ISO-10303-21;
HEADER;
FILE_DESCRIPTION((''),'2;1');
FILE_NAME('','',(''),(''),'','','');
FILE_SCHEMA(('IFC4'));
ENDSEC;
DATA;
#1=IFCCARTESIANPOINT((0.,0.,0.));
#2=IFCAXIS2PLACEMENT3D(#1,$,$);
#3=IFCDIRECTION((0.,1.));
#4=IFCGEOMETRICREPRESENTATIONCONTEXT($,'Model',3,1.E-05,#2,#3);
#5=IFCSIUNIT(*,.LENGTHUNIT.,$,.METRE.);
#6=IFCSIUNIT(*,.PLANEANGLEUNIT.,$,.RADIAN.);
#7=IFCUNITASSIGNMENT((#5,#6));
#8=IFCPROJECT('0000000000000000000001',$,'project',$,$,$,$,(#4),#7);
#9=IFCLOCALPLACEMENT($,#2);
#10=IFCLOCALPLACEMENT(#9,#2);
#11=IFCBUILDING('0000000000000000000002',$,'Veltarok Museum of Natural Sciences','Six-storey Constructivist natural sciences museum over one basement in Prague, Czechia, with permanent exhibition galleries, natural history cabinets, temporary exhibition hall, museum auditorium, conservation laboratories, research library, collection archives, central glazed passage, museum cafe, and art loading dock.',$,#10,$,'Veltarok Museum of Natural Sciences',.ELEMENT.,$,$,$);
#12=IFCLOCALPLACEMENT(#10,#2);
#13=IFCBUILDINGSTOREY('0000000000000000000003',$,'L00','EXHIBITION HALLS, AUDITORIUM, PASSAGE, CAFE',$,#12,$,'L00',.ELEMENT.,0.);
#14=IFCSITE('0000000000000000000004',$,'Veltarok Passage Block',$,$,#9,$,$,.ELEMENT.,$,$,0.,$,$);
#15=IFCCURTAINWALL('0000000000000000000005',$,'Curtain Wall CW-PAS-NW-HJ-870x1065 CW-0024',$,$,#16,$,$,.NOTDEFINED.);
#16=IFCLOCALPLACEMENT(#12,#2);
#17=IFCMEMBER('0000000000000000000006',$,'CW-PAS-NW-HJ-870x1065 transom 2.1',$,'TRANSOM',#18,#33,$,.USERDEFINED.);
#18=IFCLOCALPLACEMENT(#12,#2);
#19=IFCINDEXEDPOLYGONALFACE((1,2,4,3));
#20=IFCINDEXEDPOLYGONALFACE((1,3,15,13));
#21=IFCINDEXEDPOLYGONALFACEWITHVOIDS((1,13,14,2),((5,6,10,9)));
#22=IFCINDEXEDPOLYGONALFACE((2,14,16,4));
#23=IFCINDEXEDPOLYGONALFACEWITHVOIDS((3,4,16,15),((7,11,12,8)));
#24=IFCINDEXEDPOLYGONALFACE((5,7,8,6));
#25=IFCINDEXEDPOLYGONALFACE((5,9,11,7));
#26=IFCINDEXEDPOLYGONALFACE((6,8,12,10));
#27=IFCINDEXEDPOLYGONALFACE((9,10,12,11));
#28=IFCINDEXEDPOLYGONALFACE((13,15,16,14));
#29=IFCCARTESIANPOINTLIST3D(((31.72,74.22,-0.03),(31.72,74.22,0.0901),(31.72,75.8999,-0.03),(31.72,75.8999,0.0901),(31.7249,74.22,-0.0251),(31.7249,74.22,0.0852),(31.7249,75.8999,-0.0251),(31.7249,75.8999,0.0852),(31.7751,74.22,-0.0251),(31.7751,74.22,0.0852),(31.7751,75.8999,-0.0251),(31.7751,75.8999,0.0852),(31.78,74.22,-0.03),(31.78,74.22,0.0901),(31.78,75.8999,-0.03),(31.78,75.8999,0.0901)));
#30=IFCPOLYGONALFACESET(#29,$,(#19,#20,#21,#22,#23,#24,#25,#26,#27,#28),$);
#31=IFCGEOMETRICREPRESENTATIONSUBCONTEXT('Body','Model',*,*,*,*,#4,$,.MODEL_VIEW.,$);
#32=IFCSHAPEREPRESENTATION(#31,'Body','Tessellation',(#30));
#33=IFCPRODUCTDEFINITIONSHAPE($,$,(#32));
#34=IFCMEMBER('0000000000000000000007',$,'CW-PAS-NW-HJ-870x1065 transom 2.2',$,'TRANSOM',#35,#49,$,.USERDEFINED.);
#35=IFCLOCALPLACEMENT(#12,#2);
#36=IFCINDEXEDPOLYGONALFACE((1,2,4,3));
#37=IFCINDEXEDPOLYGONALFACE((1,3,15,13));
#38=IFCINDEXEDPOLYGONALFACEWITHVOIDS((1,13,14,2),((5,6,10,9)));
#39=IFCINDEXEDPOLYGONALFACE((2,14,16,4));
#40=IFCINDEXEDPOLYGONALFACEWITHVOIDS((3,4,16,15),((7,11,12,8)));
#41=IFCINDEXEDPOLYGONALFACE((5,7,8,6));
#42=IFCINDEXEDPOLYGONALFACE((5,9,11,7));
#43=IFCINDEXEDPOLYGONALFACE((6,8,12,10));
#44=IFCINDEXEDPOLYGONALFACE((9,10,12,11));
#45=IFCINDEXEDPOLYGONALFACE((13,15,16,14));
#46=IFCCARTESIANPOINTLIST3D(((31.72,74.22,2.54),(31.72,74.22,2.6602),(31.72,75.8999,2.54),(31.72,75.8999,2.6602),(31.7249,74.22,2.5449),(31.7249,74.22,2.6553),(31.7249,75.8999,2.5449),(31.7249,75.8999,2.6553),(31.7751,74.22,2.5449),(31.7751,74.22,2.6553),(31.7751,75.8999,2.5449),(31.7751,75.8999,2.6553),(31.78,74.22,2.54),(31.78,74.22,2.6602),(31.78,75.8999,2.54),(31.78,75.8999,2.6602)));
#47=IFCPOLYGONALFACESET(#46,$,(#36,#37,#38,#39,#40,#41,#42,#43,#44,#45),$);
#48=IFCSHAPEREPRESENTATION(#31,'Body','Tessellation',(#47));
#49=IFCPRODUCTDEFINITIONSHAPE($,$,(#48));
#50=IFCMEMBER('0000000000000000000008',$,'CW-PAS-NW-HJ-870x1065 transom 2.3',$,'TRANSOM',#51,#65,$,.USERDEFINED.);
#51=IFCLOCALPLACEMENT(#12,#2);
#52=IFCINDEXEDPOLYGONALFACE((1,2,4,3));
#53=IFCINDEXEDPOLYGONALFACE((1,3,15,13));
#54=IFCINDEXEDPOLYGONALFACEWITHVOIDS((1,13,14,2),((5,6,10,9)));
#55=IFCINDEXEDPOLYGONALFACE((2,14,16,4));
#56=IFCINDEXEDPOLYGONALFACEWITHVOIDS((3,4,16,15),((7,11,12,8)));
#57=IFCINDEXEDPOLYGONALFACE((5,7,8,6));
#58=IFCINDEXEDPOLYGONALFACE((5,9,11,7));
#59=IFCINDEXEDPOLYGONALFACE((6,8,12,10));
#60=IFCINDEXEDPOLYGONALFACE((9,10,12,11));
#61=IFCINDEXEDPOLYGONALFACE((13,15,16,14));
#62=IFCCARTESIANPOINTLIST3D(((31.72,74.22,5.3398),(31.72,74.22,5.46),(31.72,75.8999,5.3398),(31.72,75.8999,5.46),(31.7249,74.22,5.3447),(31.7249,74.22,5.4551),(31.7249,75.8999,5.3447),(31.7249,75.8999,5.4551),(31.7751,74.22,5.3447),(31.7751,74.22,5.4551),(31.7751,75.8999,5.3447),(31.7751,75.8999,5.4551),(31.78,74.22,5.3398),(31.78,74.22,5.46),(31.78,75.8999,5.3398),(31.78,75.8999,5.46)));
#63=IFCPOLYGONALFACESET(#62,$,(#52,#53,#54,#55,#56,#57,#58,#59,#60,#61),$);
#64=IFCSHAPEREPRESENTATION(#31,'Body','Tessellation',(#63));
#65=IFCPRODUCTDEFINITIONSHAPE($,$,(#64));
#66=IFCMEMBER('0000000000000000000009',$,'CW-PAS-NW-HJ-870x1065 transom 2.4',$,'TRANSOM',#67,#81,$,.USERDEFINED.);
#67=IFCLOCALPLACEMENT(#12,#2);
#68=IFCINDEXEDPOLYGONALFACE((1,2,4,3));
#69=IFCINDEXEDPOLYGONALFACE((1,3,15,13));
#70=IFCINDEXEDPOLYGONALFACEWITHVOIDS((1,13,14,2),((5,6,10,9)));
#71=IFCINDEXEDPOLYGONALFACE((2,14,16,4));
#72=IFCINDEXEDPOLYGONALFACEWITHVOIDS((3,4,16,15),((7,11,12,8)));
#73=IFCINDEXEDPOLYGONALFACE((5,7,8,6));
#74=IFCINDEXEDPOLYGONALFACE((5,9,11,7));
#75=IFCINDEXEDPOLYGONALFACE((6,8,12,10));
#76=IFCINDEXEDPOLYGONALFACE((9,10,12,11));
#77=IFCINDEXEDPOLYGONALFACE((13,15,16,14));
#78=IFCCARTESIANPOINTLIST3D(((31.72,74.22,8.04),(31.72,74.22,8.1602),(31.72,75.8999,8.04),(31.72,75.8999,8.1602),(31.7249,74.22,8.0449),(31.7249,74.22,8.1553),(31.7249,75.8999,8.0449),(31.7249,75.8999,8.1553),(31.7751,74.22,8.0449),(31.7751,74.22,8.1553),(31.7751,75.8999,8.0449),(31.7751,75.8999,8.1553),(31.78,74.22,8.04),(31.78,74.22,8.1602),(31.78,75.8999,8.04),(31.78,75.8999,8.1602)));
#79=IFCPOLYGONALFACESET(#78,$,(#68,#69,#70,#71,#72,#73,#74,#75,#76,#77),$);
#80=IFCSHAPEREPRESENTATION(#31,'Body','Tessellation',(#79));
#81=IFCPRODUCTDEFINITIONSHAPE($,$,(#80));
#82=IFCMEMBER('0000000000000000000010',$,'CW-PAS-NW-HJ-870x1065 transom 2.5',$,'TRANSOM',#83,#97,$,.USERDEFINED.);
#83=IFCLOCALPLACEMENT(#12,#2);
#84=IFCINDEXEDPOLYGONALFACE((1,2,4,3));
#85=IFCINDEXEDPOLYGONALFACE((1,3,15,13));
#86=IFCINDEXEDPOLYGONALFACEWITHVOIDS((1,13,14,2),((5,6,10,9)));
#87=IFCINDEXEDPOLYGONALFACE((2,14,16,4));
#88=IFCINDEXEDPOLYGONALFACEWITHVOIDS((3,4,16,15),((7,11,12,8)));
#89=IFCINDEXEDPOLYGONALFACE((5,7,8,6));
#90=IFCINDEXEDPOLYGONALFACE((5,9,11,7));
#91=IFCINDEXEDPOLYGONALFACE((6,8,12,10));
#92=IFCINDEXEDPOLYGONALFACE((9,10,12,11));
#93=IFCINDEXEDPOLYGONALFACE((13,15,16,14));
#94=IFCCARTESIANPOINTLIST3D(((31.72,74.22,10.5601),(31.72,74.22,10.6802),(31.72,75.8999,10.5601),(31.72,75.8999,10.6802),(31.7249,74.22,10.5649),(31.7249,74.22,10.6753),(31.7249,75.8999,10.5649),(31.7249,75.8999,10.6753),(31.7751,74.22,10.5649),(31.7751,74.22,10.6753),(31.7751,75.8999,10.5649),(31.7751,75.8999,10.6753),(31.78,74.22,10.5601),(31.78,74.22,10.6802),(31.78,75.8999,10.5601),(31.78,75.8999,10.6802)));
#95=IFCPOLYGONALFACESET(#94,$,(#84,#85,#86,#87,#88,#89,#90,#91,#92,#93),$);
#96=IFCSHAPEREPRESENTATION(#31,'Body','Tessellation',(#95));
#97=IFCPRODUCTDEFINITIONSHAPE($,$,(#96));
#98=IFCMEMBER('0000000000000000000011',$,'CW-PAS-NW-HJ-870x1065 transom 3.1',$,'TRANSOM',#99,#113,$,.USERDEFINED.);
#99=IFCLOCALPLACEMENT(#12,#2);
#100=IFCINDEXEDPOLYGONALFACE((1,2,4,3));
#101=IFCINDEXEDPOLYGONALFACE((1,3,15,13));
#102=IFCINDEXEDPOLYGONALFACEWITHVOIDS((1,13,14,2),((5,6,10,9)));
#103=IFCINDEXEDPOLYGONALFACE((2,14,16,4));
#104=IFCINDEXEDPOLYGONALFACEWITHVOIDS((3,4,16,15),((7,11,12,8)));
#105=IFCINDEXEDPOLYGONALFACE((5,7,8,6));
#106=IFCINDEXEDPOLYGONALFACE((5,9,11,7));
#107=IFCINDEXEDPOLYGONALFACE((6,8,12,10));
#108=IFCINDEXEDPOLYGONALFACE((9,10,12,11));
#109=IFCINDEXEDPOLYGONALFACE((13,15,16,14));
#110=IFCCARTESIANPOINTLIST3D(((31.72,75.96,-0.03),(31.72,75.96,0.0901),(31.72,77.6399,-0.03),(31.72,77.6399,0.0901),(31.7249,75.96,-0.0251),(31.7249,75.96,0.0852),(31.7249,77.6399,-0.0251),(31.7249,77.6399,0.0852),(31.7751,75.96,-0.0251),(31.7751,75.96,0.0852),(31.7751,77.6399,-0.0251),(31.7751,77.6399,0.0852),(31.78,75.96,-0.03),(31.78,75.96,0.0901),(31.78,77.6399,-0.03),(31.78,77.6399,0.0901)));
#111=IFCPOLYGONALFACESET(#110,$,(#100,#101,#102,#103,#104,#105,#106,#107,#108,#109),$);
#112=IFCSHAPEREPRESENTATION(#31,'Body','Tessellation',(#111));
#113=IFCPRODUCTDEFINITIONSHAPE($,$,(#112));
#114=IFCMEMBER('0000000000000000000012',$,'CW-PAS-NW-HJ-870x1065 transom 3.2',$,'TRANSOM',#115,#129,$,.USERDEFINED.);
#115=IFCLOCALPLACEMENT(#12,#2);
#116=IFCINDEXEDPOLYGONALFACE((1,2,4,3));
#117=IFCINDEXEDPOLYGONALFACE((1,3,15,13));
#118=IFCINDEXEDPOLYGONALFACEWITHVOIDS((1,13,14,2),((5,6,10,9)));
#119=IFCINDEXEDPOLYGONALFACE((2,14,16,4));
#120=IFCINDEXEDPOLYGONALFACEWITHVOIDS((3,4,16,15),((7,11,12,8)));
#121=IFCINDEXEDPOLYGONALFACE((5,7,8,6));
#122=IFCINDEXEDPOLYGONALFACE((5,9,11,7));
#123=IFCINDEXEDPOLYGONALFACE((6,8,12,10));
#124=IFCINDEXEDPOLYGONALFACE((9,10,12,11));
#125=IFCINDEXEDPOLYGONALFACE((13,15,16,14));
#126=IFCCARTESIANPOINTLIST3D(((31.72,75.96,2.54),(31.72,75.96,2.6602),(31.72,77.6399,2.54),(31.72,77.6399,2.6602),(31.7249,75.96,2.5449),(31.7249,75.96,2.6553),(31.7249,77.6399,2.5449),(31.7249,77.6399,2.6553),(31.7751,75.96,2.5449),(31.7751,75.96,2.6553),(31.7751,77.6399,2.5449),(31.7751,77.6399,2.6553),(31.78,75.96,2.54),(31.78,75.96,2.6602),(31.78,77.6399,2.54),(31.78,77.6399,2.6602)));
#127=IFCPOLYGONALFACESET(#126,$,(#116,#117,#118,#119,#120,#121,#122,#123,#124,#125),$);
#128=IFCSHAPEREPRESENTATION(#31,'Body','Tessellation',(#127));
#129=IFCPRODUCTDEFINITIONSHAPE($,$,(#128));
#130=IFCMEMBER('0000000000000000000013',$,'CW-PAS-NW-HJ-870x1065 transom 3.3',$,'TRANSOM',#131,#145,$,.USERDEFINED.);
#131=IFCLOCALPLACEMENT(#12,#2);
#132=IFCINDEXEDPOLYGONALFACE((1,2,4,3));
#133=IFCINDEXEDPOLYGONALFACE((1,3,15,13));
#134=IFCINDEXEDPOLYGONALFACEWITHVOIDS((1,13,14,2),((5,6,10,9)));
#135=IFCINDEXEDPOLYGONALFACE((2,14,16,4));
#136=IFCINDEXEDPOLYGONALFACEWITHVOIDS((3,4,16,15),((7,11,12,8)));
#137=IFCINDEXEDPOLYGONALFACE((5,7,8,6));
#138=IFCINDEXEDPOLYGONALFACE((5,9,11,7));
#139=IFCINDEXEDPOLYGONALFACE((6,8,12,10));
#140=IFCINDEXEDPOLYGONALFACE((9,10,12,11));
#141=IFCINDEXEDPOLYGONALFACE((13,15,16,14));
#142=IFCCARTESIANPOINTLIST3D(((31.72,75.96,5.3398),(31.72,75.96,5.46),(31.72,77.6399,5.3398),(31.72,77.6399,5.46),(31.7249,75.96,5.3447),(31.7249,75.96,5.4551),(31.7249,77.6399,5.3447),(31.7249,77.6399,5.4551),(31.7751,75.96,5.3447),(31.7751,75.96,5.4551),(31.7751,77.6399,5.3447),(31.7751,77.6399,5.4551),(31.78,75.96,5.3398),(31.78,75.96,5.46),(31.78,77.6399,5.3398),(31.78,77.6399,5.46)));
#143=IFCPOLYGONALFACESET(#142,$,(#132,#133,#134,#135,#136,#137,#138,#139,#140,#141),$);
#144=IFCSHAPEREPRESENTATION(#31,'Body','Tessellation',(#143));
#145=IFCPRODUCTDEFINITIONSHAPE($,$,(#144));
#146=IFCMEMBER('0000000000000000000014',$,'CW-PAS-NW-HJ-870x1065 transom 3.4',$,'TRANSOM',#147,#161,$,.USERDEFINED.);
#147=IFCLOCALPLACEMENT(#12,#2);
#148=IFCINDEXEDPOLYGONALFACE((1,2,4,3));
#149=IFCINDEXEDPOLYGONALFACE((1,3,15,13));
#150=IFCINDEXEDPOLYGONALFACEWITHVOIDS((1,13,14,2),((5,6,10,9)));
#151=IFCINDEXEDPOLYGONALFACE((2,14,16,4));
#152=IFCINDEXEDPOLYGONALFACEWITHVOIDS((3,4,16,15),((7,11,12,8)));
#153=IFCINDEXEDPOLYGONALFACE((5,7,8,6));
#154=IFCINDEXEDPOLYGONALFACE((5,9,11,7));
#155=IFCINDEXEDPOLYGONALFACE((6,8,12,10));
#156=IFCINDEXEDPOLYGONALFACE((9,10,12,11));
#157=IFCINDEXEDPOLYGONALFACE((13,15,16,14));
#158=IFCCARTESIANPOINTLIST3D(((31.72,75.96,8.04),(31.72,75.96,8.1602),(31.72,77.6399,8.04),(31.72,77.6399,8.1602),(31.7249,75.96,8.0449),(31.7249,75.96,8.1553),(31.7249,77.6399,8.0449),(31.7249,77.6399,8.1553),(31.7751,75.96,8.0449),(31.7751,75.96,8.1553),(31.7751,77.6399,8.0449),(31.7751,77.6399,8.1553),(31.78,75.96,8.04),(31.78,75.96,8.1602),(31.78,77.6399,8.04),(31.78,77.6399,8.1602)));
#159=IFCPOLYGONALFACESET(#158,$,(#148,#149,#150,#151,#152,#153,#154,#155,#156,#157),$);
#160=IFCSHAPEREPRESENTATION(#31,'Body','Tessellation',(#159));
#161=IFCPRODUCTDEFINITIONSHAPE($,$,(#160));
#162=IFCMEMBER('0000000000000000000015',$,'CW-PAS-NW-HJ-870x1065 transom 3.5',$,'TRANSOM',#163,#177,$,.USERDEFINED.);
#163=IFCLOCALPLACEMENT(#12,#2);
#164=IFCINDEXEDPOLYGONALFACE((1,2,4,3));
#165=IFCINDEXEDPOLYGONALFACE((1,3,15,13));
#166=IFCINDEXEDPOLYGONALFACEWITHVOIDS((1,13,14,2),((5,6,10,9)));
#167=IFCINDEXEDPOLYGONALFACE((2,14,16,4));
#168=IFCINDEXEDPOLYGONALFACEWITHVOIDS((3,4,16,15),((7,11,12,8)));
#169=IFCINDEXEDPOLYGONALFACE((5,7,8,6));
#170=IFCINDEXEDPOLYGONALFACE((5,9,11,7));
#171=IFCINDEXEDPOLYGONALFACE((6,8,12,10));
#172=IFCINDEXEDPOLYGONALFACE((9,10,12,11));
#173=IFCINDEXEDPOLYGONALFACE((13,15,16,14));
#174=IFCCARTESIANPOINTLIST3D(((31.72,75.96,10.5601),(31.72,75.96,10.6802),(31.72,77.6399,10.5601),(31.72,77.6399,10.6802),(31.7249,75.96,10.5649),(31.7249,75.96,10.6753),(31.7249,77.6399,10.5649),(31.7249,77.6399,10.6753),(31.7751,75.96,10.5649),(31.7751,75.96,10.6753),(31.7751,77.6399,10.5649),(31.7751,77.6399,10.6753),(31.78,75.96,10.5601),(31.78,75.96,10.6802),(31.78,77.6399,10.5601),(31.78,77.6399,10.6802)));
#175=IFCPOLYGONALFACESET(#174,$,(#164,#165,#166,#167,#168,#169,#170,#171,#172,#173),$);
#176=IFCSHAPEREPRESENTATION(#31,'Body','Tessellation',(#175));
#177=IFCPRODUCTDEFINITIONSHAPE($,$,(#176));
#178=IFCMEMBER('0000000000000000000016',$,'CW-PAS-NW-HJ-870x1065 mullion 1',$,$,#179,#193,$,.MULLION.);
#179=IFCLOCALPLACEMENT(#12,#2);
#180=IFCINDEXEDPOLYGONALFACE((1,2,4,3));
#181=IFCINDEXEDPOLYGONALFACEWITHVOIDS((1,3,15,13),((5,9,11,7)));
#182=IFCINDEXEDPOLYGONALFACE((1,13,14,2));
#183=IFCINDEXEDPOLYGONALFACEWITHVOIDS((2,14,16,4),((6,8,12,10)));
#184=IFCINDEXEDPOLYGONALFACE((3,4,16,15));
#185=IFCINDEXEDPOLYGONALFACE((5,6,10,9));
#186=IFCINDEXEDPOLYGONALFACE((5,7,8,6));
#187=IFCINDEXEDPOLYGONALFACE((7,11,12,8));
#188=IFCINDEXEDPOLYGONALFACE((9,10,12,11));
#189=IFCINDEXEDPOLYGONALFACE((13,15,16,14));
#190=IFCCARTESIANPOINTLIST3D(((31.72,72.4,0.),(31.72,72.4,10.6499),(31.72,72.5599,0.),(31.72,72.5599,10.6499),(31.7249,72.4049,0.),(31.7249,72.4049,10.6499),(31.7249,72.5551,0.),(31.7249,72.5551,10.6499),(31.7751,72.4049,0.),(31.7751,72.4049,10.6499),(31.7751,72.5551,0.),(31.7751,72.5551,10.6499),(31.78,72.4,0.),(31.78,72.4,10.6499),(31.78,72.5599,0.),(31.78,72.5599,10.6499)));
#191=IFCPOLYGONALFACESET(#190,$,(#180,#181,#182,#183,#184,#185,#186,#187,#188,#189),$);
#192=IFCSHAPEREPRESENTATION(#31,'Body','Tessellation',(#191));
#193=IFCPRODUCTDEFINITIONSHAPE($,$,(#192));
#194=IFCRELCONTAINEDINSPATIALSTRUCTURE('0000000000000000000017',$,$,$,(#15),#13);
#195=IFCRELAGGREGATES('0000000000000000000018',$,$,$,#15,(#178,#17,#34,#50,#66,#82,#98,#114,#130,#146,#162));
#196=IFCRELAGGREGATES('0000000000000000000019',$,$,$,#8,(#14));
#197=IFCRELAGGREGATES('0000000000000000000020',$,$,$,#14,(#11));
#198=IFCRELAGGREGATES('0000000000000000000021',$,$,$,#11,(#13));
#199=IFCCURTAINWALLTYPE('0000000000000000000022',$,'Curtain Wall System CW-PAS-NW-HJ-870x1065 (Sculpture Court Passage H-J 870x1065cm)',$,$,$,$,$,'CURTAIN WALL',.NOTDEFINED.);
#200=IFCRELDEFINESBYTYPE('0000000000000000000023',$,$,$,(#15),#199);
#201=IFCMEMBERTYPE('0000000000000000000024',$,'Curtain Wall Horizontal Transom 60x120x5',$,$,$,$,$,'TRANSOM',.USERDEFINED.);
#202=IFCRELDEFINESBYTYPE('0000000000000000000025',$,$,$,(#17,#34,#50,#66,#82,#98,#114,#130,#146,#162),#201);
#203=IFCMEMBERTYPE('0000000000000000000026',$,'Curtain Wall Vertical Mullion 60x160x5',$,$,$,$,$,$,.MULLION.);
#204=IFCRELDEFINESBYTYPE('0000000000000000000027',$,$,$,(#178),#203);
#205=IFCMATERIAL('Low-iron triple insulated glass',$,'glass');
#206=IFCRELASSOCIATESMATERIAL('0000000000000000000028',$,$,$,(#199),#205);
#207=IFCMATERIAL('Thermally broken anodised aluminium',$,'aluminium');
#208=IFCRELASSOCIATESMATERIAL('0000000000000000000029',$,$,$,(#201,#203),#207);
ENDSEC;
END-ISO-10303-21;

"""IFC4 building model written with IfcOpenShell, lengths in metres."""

from ifc_helpers import new_model, si_unit, direction, frame, origin, origin_2d, place, context, subcontext, project, spatial, hollow_rectangle, extrude, material, material_profile, profile_set, type_object, element, aggregate, save


model = new_model("IFC4")

# Units and contexts
model_context = context("Model", 3, precision=1e-05, world=origin(), true_north=direction((0.0, 1.0)))
body_context = subcontext(model_context, "Body", "Model", "MODEL_VIEW")
ifc_project = project(units=[si_unit("LENGTHUNIT", "METRE"), si_unit("PLANEANGLEUNIT", "RADIAN")], contexts=[model_context])

# Site, building, storey
site_placement = place(None, origin())
site = spatial("IfcSite", under=ifc_project, at=site_placement, Name="Veltarok Passage Block", CompositionType="ELEMENT", RefElevation=0.0)
building_placement = place(site_placement, origin())
building = spatial("IfcBuilding", under=site, at=building_placement, Name="Veltarok Museum of Natural Sciences", Description="Six-storey Constructivist natural sciences museum over one basement in Prague, Czechia, with permanent exhibition galleries, natural history cabinets, temporary exhibition hall, museum auditorium, conservation laboratories, research library, collection archives, central glazed passage, museum cafe, and art loading dock.", LongName="Veltarok Museum of Natural Sciences", CompositionType="ELEMENT")
storey_placement = place(building_placement, origin())
storey = spatial("IfcBuildingStorey", under=building, at=storey_placement, Name="L00", Description="EXHIBITION HALLS, AUDITORIUM, PASSAGE, CAFE", LongName="L00", CompositionType="ELEMENT", Elevation=0.0)

# Curtain wall, members
ifc_material_1 = material(Name="Low-iron triple insulated glass", Category="glass")
curtain_wall_type = type_object("IfcCurtainWallType", Name="Curtain Wall System CW-PAS-NW-HJ-870x1065 (Sculpture Court Passage H-J 870x1065cm)", ElementType="CURTAIN WALL", PredefinedType="NOTDEFINED", material=ifc_material_1)
curtain_wall_placement = place(storey_placement, origin())
curtain_wall = element("IfcCurtainWall", 1, at=curtain_wall_placement, inside=storey, type_object=curtain_wall_type, Name="Curtain Wall CW-PAS-NW-HJ-870x1065 CW-0024", PredefinedType="NOTDEFINED")
ifc_material_2 = material(Name="Thermally broken anodised aluminium", Category="aluminium")
ifc_material_profile_1 = material_profile(ifc_material_2, hollow_rectangle(XDim=0.0601, YDim=0.1201, WallThickness=0.0049, at=origin_2d()), Name="CW TRANSOM 60x120x5")
ifc_profile_set_1 = profile_set([ifc_material_profile_1], Name="Thermally broken anodised aluminium")
member_type_1 = type_object("IfcMemberType", Name="Curtain Wall Horizontal Transom 60x120x5", ElementType="TRANSOM", PredefinedType="USERDEFINED", material=ifc_profile_set_1)
member_1_placement = place(storey_placement, frame((31.75, 74.22, 0.03), z_axis=(0.0, 1.0, 0.0), x_axis=(-1.0, 0.0, 0.0)))
member_1 = element("IfcMember", 2, at=member_1_placement, type_object=member_type_1, Name="CW-PAS-NW-HJ-870x1065 transom 2.1", ObjectType="TRANSOM", PredefinedType="USERDEFINED", context=body_context, shape_type="SweptSolid", body=[
    extrude(hollow_rectangle(XDim=0.0601, YDim=0.1201, WallThickness=0.0049, at=origin_2d()), origin(), (0.0, 0.0, 1.0), 1.6799),
])
member_2_placement = place(storey_placement, frame((31.75, 74.22, 2.6001), z_axis=(0.0, 1.0, 0.0), x_axis=(-1.0, 0.0, 0.0)))
member_2 = element("IfcMember", 3, at=member_2_placement, type_object=member_type_1, Name="CW-PAS-NW-HJ-870x1065 transom 2.2", ObjectType="TRANSOM", PredefinedType="USERDEFINED", context=body_context, shape_type="SweptSolid", body=[
    extrude(hollow_rectangle(XDim=0.0601, YDim=0.1201, WallThickness=0.0049, at=origin_2d()), origin(), (0.0, 0.0, 1.0), 1.6799),
])
member_3_placement = place(storey_placement, frame((31.75, 74.22, 5.3999), z_axis=(0.0, 1.0, 0.0), x_axis=(-1.0, 0.0, 0.0)))
member_3 = element("IfcMember", 4, at=member_3_placement, type_object=member_type_1, Name="CW-PAS-NW-HJ-870x1065 transom 2.3", ObjectType="TRANSOM", PredefinedType="USERDEFINED", context=body_context, shape_type="SweptSolid", body=[
    extrude(hollow_rectangle(XDim=0.0601, YDim=0.1201, WallThickness=0.0049, at=origin_2d()), origin(), (0.0, 0.0, 1.0), 1.6799),
])
member_4_placement = place(storey_placement, frame((31.75, 74.22, 8.1001), z_axis=(0.0, 1.0, 0.0), x_axis=(-1.0, 0.0, 0.0)))
member_4 = element("IfcMember", 5, at=member_4_placement, type_object=member_type_1, Name="CW-PAS-NW-HJ-870x1065 transom 2.4", ObjectType="TRANSOM", PredefinedType="USERDEFINED", context=body_context, shape_type="SweptSolid", body=[
    extrude(hollow_rectangle(XDim=0.0601, YDim=0.1201, WallThickness=0.0049, at=origin_2d()), origin(), (0.0, 0.0, 1.0), 1.6799),
])
member_5_placement = place(storey_placement, frame((31.75, 74.22, 10.6201), z_axis=(0.0, 1.0, 0.0), x_axis=(-1.0, 0.0, 0.0)))
member_5 = element("IfcMember", 6, at=member_5_placement, type_object=member_type_1, Name="CW-PAS-NW-HJ-870x1065 transom 2.5", ObjectType="TRANSOM", PredefinedType="USERDEFINED", context=body_context, shape_type="SweptSolid", body=[
    extrude(hollow_rectangle(XDim=0.0601, YDim=0.1201, WallThickness=0.0049, at=origin_2d()), origin(), (0.0, 0.0, 1.0), 1.6799),
])
member_6_placement = place(storey_placement, frame((31.75, 75.96, 0.03), z_axis=(0.0, 1.0, 0.0), x_axis=(-1.0, 0.0, 0.0)))
member_6 = element("IfcMember", 7, at=member_6_placement, type_object=member_type_1, Name="CW-PAS-NW-HJ-870x1065 transom 3.1", ObjectType="TRANSOM", PredefinedType="USERDEFINED", context=body_context, shape_type="SweptSolid", body=[
    extrude(hollow_rectangle(XDim=0.0601, YDim=0.1201, WallThickness=0.0049, at=origin_2d()), origin(), (0.0, 0.0, 1.0), 1.6799),
])
member_7_placement = place(storey_placement, frame((31.75, 75.96, 2.6001), z_axis=(0.0, 1.0, 0.0), x_axis=(-1.0, 0.0, 0.0)))
member_7 = element("IfcMember", 8, at=member_7_placement, type_object=member_type_1, Name="CW-PAS-NW-HJ-870x1065 transom 3.2", ObjectType="TRANSOM", PredefinedType="USERDEFINED", context=body_context, shape_type="SweptSolid", body=[
    extrude(hollow_rectangle(XDim=0.0601, YDim=0.1201, WallThickness=0.0049, at=origin_2d()), origin(), (0.0, 0.0, 1.0), 1.6799),
])
member_8_placement = place(storey_placement, frame((31.75, 75.96, 5.3999), z_axis=(0.0, 1.0, 0.0), x_axis=(-1.0, 0.0, 0.0)))
member_8 = element("IfcMember", 9, at=member_8_placement, type_object=member_type_1, Name="CW-PAS-NW-HJ-870x1065 transom 3.3", ObjectType="TRANSOM", PredefinedType="USERDEFINED", context=body_context, shape_type="SweptSolid", body=[
    extrude(hollow_rectangle(XDim=0.0601, YDim=0.1201, WallThickness=0.0049, at=origin_2d()), origin(), (0.0, 0.0, 1.0), 1.6799),
])
member_9_placement = place(storey_placement, frame((31.75, 75.96, 8.1001), z_axis=(0.0, 1.0, 0.0), x_axis=(-1.0, 0.0, 0.0)))
member_9 = element("IfcMember", 10, at=member_9_placement, type_object=member_type_1, Name="CW-PAS-NW-HJ-870x1065 transom 3.4", ObjectType="TRANSOM", PredefinedType="USERDEFINED", context=body_context, shape_type="SweptSolid", body=[
    extrude(hollow_rectangle(XDim=0.0601, YDim=0.1201, WallThickness=0.0049, at=origin_2d()), origin(), (0.0, 0.0, 1.0), 1.6799),
])
member_10_placement = place(storey_placement, frame((31.75, 75.96, 10.6201), z_axis=(0.0, 1.0, 0.0), x_axis=(-1.0, 0.0, 0.0)))
member_10 = element("IfcMember", 11, at=member_10_placement, type_object=member_type_1, Name="CW-PAS-NW-HJ-870x1065 transom 3.5", ObjectType="TRANSOM", PredefinedType="USERDEFINED", context=body_context, shape_type="SweptSolid", body=[
    extrude(hollow_rectangle(XDim=0.0601, YDim=0.1201, WallThickness=0.0049, at=origin_2d()), origin(), (0.0, 0.0, 1.0), 1.6799),
])
ifc_material_profile_2 = material_profile(ifc_material_2, hollow_rectangle(XDim=0.0601, YDim=0.1599, WallThickness=0.0049, at=origin_2d()), Name="CW MULLION 60x160x5")
ifc_profile_set_2 = profile_set([ifc_material_profile_2], Name="Thermally broken anodised aluminium")
member_type_2 = type_object("IfcMemberType", Name="Curtain Wall Vertical Mullion 60x160x5", PredefinedType="MULLION", material=ifc_profile_set_2)
member_11_placement = place(storey_placement, frame((31.75, 72.48, 0.0), z_axis=(0.0, 0.0, 1.0), x_axis=(-1.0, 0.0, 0.0)))
member_11 = element("IfcMember", 12, at=member_11_placement, type_object=member_type_2, Name="CW-PAS-NW-HJ-870x1065 mullion 1", PredefinedType="MULLION", context=body_context, shape_type="SweptSolid", body=[
    extrude(hollow_rectangle(XDim=0.0601, YDim=0.1599, WallThickness=0.0049, at=origin_2d()), origin(), (0.0, 0.0, 1.0), 10.6499),
])

aggregate(curtain_wall, [member_11, member_1, member_2, member_3, member_4, member_5, member_6, member_7, member_8, member_9, member_10])

save(model, "model.ifc")
